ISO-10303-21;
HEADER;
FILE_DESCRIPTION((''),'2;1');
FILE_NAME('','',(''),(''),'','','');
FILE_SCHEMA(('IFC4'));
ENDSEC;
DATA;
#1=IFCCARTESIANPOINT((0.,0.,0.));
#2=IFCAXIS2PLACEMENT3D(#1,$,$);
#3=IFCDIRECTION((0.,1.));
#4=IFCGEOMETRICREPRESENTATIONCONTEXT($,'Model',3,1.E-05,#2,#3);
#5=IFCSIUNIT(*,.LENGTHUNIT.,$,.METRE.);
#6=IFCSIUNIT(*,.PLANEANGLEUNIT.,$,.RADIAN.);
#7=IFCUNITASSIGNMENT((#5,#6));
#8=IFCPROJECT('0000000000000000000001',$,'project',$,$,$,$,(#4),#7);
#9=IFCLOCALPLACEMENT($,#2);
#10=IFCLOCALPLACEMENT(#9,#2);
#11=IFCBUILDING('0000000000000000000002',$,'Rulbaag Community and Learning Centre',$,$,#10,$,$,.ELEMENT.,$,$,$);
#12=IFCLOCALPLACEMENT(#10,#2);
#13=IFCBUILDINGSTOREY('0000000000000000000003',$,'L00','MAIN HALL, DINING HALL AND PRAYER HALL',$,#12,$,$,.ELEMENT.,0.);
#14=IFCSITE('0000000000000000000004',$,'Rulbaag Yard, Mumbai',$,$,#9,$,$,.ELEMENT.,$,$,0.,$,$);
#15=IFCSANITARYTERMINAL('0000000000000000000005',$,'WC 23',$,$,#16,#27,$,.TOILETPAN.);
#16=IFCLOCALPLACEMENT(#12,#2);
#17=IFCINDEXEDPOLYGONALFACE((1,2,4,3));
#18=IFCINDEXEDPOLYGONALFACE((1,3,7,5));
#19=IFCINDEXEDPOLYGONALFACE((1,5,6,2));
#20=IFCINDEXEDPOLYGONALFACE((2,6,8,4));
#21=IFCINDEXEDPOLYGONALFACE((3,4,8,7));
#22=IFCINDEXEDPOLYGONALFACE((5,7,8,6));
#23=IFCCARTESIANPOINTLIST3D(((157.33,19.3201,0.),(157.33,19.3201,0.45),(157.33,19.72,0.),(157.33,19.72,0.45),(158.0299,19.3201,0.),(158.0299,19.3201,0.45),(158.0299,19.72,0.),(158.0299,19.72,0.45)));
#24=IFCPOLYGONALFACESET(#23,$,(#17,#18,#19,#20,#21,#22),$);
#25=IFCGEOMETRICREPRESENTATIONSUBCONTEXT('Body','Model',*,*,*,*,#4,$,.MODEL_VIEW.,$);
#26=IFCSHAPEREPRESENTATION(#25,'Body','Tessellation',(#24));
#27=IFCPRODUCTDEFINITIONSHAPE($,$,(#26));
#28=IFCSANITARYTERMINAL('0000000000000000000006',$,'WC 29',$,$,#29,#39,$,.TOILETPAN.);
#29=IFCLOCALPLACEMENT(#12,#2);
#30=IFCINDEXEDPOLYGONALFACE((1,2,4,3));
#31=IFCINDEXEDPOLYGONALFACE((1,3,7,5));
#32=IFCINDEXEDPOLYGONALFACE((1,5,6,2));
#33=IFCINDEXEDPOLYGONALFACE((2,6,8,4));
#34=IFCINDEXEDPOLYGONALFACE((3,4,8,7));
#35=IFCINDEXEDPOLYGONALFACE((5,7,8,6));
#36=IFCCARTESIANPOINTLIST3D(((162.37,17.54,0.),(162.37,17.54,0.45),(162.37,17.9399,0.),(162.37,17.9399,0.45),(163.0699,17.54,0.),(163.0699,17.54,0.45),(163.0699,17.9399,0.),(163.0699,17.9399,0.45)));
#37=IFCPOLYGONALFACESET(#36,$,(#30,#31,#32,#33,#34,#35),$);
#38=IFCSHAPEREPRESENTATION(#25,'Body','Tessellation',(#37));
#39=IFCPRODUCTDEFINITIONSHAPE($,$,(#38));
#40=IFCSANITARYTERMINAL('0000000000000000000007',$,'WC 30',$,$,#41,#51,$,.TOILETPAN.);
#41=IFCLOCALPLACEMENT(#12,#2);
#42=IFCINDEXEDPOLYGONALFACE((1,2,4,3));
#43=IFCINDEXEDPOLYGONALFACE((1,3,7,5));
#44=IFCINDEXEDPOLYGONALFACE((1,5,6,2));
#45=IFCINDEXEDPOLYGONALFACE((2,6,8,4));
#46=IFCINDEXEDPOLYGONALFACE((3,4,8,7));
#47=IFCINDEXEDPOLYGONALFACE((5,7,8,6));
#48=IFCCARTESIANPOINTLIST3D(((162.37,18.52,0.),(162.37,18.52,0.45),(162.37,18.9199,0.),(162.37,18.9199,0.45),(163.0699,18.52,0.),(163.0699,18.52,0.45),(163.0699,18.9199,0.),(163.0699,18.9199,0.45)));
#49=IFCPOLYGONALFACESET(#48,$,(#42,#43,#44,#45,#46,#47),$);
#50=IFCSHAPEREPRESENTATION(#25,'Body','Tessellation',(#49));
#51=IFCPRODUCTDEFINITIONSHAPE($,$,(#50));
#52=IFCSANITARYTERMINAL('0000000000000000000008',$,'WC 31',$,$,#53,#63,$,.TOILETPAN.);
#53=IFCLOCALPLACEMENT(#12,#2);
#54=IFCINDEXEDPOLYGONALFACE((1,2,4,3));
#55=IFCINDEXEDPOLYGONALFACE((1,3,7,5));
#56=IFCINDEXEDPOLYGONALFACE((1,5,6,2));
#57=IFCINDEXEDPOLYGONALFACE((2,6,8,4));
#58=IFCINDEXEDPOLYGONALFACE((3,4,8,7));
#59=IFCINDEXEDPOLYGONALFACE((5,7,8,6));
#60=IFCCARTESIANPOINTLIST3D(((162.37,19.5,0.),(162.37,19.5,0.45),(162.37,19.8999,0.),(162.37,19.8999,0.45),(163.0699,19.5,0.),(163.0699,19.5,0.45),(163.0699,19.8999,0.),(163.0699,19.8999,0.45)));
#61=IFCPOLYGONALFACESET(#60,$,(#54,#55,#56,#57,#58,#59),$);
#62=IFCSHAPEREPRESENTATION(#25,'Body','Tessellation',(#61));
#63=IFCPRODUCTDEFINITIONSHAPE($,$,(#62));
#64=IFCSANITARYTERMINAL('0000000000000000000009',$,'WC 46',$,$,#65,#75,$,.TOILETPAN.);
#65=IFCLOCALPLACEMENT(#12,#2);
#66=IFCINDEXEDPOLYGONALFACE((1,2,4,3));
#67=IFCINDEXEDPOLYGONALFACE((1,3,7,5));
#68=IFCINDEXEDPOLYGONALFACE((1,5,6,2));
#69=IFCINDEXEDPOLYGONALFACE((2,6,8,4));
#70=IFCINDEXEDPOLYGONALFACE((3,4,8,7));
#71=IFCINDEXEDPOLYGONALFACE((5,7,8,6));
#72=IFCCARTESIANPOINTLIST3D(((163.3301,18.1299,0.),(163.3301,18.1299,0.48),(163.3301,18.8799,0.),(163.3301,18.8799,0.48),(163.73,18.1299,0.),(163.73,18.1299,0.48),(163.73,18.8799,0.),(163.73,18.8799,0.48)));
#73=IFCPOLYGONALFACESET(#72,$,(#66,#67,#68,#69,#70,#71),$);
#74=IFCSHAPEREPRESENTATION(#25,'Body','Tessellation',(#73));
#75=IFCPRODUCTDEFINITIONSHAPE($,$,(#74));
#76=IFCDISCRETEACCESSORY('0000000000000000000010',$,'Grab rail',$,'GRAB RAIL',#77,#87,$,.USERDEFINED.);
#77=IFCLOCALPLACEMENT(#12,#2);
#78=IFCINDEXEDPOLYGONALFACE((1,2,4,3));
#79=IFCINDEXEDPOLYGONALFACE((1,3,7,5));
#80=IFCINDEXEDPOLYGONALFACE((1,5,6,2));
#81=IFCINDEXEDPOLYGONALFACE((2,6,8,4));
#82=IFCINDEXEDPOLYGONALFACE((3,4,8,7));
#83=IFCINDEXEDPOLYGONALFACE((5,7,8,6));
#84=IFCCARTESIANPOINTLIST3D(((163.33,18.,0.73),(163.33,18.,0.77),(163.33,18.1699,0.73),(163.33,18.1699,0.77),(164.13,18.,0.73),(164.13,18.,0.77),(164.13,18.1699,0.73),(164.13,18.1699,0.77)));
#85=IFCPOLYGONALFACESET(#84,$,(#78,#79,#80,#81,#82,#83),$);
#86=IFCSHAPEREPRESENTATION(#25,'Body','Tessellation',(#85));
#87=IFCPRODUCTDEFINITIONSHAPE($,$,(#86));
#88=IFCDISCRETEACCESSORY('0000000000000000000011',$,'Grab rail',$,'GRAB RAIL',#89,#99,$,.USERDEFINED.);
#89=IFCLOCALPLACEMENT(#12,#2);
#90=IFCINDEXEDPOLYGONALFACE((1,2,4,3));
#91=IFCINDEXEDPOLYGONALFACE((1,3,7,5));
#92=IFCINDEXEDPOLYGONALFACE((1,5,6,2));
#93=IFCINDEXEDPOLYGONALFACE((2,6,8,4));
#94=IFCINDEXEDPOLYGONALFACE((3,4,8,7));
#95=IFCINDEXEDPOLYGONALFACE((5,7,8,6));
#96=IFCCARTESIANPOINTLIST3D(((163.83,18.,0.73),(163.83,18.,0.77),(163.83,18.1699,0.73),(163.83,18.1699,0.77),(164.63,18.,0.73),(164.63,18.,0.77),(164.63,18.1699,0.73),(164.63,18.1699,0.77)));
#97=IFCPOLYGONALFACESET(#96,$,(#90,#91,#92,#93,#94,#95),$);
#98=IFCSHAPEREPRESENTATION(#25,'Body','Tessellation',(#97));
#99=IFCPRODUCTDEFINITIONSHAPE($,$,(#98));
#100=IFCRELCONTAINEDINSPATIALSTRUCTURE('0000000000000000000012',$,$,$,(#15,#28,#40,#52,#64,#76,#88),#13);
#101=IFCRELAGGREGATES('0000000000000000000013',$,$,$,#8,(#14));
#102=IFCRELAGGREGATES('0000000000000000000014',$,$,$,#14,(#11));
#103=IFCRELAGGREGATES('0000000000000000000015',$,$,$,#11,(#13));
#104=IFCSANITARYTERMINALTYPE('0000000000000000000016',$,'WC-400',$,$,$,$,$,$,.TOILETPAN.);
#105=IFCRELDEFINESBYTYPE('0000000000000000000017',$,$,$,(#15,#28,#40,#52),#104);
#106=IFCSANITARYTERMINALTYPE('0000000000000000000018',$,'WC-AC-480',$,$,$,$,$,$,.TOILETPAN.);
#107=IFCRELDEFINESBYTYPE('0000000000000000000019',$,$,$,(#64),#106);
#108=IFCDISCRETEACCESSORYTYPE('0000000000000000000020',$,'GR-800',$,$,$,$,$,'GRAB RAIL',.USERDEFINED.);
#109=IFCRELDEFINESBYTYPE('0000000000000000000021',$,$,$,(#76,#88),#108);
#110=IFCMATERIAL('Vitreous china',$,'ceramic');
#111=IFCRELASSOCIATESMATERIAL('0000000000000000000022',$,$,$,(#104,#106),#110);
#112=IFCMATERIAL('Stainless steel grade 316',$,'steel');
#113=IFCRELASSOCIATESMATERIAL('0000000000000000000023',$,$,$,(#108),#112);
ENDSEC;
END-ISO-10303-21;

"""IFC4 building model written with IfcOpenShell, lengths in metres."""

from ifc_helpers import new_model, si_unit, direction, frame, origin, origin_2d, place, context, subcontext, project, spatial, rectangle, extrude, material, type_object, element, save


model = new_model("IFC4")

# Units and contexts
model_context = context("Model", 3, precision=1e-05, world=origin(), true_north=direction((0.0, 1.0)))
body_context = subcontext(model_context, "Body", "Model", "MODEL_VIEW")
ifc_project = project(units=[si_unit("LENGTHUNIT", "METRE"), si_unit("PLANEANGLEUNIT", "RADIAN")], contexts=[model_context])

# Site, building, storey
site_placement = place(None, origin())
site = spatial("IfcSite", under=ifc_project, at=site_placement, Name="Rulbaag Yard, Mumbai", CompositionType="ELEMENT", RefElevation=0.0)
building_placement = place(site_placement, origin())
building = spatial("IfcBuilding", under=site, at=building_placement, Name="Rulbaag Community and Learning Centre", CompositionType="ELEMENT")
storey_placement = place(building_placement, origin())
storey = spatial("IfcBuildingStorey", under=building, at=storey_placement, Name="L00", Description="MAIN HALL, DINING HALL AND PRAYER HALL", CompositionType="ELEMENT", Elevation=0.0)

# Sanitary terminals
ifc_material_1 = material(Name="Vitreous china", Category="ceramic")
sanitary_terminal_type_1 = type_object("IfcSanitaryTerminalType", Name="WC-400", PredefinedType="TOILETPAN", material=ifc_material_1)
for number, where, z_axis, x_axis, name in (
    (1, (157.6799, 19.52, 0.0), (0.0, 0.0, 1.0), (1.0, 0.0, 0.0), "WC 23"),
    (2, (162.72, 17.74, 0.0), (0.0, 0.0, 1.0), (1.0, 0.0, 0.0), "WC 29"),
    (3, (162.72, 18.72, 0.0), (0.0, 0.0, 1.0), (1.0, 0.0, 0.0), "WC 30"),
    (4, (162.72, 19.7, 0.0), (0.0, 0.0, 1.0), (1.0, 0.0, 0.0), "WC 31"),
):
    element("IfcSanitaryTerminal", number, at=place(storey_placement, frame(where, z_axis=z_axis, x_axis=x_axis)), inside=storey, type_object=sanitary_terminal_type_1, Name=name, PredefinedType="TOILETPAN", context=body_context, shape_type="SweptSolid", body=[
        extrude(rectangle(XDim=0.7, YDim=0.3999, at=origin_2d()), origin(), (0.0, 0.0, 1.0), 0.45),
    ])
sanitary_terminal_type_2 = type_object("IfcSanitaryTerminalType", Name="WC-AC-480", PredefinedType="TOILETPAN", material=ifc_material_1)
sanitary_terminal_1_placement = place(storey_placement, frame((163.53, 18.5049, 0.0), z_axis=(0.0, 0.0, 1.0), x_axis=(1.0, 0.0, 0.0)))
element("IfcSanitaryTerminal", 5, at=sanitary_terminal_1_placement, inside=storey, type_object=sanitary_terminal_type_2, Name="WC 46", PredefinedType="TOILETPAN", context=body_context, shape_type="SweptSolid", body=[
    extrude(rectangle(XDim=0.3999, YDim=0.75, at=origin_2d()), origin(), (0.0, 0.0, 1.0), 0.48),
])

# Discrete accessories
ifc_material_2 = material(Name="Stainless steel grade 316", Category="steel")
discrete_accessory_type = type_object("IfcDiscreteAccessoryType", Name="GR-800", ElementType="GRAB RAIL", PredefinedType="USERDEFINED", material=ifc_material_2)
for number, where, z_axis, x_axis, name in (
    (6, (163.73, 18.085, 0.73), (0.0, 0.0, 1.0), (1.0, 0.0, 0.0), "Grab rail"),
    (7, (164.23, 18.085, 0.73), (0.0, 0.0, 1.0), (1.0, 0.0, 0.0), "Grab rail"),
):
    element("IfcDiscreteAccessory", number, at=place(storey_placement, frame(where, z_axis=z_axis, x_axis=x_axis)), inside=storey, type_object=discrete_accessory_type, Name=name, ObjectType="GRAB RAIL", PredefinedType="USERDEFINED", context=body_context, shape_type="SweptSolid", body=[
        extrude(rectangle(XDim=0.8, YDim=0.1699, at=origin_2d()), origin(), (0.0, 0.0, 1.0), 0.04),
    ])

save(model, "model.ifc")
